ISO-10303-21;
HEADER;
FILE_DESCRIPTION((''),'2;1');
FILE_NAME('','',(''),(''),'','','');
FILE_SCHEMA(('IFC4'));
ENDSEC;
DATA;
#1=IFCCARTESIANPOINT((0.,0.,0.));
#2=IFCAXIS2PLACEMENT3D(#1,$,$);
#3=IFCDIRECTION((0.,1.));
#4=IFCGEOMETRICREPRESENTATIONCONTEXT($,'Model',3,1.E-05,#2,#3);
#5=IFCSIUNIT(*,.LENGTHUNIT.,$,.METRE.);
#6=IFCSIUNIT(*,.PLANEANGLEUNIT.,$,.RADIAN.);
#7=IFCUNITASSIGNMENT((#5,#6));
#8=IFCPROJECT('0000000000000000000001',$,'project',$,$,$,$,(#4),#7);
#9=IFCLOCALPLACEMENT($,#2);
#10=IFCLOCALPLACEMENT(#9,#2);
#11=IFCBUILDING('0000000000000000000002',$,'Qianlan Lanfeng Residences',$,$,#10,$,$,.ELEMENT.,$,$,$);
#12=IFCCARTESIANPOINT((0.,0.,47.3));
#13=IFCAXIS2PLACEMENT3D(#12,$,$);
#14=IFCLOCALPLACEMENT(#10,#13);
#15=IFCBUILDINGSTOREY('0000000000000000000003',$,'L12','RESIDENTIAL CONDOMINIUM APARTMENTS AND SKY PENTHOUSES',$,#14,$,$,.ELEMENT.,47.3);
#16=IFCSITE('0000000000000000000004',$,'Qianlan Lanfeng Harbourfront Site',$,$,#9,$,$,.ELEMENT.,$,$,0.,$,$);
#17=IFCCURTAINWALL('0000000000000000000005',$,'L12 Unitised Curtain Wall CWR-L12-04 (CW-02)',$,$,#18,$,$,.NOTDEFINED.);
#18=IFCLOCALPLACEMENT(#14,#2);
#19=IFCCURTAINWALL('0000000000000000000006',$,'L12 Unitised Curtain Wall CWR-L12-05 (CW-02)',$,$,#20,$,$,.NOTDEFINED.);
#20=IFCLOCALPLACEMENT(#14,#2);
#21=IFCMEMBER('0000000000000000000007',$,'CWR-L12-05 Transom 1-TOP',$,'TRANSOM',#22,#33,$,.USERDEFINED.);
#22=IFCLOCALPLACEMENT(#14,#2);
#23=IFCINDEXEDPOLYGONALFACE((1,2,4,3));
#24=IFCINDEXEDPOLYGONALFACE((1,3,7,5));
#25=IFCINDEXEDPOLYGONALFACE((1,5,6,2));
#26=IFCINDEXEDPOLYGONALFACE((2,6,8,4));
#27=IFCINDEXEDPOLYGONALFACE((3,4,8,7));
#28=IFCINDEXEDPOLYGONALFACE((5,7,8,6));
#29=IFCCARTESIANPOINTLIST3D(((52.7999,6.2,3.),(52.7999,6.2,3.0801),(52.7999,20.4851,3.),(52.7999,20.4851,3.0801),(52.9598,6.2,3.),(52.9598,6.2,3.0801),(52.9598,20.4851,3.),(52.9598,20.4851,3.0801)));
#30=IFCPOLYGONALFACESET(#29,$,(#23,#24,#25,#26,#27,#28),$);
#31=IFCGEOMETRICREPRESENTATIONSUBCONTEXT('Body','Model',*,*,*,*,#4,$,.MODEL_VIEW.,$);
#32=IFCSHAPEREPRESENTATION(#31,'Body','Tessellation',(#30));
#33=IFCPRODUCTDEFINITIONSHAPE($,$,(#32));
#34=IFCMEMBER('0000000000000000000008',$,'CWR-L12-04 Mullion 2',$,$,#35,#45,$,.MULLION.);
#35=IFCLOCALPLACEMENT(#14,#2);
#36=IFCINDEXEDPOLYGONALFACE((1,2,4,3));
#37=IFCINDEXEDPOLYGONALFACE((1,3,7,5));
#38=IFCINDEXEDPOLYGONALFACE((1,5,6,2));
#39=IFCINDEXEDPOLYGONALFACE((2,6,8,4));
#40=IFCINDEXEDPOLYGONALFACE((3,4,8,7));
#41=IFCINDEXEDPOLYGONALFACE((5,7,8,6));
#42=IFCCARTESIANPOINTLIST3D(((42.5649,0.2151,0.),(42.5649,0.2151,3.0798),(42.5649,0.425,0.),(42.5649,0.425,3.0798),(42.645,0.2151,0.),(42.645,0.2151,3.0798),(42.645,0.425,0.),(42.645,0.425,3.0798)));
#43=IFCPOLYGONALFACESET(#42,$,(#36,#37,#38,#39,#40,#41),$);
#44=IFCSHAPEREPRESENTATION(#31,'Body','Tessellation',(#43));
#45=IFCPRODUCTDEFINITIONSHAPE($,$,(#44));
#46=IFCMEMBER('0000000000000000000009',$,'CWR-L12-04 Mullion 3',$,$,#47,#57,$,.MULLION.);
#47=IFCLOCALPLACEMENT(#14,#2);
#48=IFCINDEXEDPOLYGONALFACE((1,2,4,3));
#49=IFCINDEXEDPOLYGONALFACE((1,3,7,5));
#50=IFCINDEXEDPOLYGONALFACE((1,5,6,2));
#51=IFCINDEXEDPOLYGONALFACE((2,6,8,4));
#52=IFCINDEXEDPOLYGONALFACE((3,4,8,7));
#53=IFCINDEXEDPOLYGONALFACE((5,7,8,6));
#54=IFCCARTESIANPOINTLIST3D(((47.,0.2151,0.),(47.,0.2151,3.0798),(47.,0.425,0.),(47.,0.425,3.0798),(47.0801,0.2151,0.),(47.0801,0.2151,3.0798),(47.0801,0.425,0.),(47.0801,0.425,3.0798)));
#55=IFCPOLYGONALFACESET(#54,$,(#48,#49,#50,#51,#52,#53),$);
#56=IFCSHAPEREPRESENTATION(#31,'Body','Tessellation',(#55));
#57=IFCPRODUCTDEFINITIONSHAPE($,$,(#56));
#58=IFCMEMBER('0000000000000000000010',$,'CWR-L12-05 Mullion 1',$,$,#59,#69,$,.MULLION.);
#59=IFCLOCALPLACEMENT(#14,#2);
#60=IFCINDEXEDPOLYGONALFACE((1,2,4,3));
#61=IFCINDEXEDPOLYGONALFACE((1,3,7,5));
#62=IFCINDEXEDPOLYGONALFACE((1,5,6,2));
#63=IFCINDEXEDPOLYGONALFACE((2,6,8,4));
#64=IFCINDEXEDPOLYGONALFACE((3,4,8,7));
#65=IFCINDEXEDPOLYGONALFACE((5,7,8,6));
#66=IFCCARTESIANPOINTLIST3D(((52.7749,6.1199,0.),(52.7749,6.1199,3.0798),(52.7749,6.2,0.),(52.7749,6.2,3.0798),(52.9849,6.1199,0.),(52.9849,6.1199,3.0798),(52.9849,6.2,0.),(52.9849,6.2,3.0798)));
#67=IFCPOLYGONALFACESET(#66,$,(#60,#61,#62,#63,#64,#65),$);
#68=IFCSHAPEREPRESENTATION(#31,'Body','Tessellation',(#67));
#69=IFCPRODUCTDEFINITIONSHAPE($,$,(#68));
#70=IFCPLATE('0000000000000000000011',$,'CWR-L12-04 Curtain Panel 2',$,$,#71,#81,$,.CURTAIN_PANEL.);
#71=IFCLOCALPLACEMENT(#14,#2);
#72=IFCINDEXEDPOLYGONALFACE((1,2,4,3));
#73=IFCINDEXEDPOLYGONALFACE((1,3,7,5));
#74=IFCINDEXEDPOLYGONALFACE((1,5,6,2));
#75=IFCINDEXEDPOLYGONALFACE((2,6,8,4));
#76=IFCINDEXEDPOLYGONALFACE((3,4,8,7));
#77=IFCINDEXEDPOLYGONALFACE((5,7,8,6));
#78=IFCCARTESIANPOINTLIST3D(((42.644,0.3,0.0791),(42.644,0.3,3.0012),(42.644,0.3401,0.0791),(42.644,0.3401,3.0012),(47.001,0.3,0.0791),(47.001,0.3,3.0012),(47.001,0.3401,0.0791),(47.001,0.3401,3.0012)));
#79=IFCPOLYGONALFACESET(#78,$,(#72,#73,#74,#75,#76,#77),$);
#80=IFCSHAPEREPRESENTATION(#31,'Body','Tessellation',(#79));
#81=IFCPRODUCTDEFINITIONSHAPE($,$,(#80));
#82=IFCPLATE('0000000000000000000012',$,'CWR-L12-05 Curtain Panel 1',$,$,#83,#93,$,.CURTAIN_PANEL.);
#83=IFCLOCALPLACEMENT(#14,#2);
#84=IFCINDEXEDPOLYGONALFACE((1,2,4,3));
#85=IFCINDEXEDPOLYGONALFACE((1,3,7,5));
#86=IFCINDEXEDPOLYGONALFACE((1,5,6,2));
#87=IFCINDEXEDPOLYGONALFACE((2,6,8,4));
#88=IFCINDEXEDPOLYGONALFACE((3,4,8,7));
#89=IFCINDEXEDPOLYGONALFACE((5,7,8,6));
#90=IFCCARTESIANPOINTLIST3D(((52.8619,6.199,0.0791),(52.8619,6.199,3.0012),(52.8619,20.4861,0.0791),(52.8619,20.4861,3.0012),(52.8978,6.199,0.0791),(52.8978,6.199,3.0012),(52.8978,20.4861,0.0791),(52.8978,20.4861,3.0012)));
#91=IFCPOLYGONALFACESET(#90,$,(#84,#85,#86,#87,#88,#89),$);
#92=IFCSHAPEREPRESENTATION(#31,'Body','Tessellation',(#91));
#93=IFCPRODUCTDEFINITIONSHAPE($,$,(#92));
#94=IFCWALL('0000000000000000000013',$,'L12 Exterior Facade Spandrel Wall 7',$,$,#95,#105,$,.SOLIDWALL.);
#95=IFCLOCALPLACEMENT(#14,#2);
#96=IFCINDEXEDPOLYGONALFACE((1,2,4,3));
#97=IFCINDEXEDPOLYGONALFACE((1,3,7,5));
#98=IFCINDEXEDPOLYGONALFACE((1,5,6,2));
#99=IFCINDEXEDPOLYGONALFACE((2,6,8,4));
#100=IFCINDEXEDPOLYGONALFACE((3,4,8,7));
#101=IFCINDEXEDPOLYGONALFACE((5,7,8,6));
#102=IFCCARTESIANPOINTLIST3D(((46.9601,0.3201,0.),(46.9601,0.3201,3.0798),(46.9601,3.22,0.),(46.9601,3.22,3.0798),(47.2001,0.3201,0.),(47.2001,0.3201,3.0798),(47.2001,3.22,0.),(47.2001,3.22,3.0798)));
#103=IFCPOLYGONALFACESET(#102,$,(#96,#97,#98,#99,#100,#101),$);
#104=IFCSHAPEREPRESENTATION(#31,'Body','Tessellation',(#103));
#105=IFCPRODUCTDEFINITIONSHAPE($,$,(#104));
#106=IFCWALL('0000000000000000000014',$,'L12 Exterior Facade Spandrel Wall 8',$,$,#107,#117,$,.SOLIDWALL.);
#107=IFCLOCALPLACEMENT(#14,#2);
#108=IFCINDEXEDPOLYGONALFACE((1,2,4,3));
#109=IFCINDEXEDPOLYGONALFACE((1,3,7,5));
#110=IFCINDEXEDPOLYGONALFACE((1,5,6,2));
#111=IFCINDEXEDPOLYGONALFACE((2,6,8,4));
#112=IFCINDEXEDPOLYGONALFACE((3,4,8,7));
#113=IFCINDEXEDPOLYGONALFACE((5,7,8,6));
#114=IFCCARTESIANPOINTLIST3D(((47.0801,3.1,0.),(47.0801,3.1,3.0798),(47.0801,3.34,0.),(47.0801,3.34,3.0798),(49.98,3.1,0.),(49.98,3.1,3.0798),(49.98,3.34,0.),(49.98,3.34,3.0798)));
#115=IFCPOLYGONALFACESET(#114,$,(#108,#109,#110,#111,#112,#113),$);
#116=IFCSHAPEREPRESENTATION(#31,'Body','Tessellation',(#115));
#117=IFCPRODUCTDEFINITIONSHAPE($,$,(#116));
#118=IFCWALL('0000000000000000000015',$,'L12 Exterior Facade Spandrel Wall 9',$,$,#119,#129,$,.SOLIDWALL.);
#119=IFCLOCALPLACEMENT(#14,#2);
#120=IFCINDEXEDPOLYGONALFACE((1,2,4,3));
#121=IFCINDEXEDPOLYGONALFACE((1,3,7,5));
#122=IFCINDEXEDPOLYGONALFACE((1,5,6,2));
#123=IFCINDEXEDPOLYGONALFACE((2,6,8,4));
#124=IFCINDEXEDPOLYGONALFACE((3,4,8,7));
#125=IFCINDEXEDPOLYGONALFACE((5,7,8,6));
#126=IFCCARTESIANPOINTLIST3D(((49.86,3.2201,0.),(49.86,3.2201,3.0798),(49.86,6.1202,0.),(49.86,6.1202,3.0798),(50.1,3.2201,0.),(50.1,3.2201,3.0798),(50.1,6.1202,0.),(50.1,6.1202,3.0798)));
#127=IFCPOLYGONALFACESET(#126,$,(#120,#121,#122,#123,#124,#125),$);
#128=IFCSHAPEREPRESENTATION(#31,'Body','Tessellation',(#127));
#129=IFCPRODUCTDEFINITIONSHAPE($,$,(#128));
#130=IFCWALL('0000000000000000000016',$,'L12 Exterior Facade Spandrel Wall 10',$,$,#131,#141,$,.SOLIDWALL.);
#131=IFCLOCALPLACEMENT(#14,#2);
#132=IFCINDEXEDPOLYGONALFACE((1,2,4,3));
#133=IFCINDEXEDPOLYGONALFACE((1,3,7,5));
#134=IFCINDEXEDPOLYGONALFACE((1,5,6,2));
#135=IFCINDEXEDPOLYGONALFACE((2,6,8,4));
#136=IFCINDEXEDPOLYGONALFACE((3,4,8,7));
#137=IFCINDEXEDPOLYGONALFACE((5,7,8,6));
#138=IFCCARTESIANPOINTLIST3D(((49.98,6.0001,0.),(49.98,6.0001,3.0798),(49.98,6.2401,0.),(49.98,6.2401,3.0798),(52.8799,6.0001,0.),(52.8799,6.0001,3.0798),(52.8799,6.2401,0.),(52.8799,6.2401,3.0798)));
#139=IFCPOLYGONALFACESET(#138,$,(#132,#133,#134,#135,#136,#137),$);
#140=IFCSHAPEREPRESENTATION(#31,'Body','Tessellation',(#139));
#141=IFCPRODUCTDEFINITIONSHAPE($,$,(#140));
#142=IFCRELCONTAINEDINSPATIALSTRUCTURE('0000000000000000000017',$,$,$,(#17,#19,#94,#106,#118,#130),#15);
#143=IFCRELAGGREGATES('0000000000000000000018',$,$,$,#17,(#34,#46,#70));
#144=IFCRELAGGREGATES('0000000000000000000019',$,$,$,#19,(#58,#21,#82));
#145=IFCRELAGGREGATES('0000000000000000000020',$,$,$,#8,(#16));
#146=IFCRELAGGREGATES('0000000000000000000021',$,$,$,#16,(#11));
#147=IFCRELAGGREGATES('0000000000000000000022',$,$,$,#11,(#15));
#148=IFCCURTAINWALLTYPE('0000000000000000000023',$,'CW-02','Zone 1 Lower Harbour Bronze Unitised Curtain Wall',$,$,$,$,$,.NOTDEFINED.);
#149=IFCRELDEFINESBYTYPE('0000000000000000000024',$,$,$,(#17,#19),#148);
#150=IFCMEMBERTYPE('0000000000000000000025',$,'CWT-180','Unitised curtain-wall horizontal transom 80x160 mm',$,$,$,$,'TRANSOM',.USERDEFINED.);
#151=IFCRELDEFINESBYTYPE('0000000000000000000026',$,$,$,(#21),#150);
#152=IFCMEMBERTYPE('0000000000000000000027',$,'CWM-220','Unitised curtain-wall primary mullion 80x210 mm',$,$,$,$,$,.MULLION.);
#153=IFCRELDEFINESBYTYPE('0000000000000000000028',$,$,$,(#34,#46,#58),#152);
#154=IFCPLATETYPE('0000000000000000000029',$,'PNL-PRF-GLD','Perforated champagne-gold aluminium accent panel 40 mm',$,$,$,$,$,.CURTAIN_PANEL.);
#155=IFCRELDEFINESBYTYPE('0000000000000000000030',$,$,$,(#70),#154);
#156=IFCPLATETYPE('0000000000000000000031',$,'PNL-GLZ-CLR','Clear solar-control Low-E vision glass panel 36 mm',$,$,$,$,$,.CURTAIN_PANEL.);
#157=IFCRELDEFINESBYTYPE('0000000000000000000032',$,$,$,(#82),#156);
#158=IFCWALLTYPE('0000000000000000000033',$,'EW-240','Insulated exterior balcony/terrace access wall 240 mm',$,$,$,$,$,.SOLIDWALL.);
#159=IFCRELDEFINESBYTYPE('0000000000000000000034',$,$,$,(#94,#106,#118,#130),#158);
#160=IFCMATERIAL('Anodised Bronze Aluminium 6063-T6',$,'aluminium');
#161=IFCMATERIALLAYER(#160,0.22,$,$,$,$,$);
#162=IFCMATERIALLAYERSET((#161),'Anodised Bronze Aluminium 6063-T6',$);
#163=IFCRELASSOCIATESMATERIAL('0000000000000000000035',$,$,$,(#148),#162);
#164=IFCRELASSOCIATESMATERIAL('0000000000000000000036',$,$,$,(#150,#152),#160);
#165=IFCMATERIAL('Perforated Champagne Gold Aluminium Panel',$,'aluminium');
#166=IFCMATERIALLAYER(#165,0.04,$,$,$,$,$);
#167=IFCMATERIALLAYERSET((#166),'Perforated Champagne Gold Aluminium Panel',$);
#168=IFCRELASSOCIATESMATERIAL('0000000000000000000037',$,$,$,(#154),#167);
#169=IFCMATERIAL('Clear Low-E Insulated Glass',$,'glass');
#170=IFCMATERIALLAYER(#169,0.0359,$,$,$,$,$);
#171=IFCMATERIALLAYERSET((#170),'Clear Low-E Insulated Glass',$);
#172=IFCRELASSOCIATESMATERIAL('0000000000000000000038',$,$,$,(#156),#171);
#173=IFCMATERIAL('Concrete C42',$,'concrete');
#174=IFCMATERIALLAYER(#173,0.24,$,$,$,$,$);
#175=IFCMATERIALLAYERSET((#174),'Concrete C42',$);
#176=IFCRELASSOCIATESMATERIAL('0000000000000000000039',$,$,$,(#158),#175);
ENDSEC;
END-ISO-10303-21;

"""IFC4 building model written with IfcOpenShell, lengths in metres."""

from ifc_helpers import new_model, si_unit, direction, frame, frame_2d, origin, origin_2d, place, context, subcontext, project, spatial, rectangle, extrude, source, transform, mapped, material, layer, layer_set, material_profile, profile_set, type_object, element, aggregate, save


model = new_model("IFC4")

# Units and contexts
model_context = context("Model", 3, precision=1e-05, world=origin(), true_north=direction((0.0, 1.0)))
body_context = subcontext(model_context, "Body", "Model", "MODEL_VIEW")
ifc_project = project(units=[si_unit("LENGTHUNIT", "METRE"), si_unit("PLANEANGLEUNIT", "RADIAN")], contexts=[model_context])

# Site, building, storey
site_placement = place(None, origin())
site = spatial("IfcSite", under=ifc_project, at=site_placement, Name="Qianlan Lanfeng Harbourfront Site", CompositionType="ELEMENT", RefElevation=0.0)
building_placement = place(site_placement, origin())
building = spatial("IfcBuilding", under=site, at=building_placement, Name="Qianlan Lanfeng Residences", CompositionType="ELEMENT")
storey_placement = place(building_placement, frame((0.0, 0.0, 47.3)))
storey = spatial("IfcBuildingStorey", under=building, at=storey_placement, Name="L12", Description="RESIDENTIAL CONDOMINIUM APARTMENTS AND SKY PENTHOUSES", CompositionType="ELEMENT", Elevation=47.3)

# Curtain walls, member
ifc_material_1 = material(Name="Anodised Bronze Aluminium 6063-T6", Category="aluminium")
ifc_layer_1 = layer(ifc_material_1, 0.22)
ifc_layer_set_1 = layer_set([ifc_layer_1], Name="Anodised Bronze Aluminium 6063-T6")
curtain_wall_type = type_object("IfcCurtainWallType", Name="CW-02", Description="Zone 1 Lower Harbour Bronze Unitised Curtain Wall", PredefinedType="NOTDEFINED", material=ifc_layer_set_1)
curtain_wall_1_placement = place(storey_placement, origin())
curtain_wall_1 = element("IfcCurtainWall", 1, at=curtain_wall_1_placement, inside=storey, type_object=curtain_wall_type, Name="L12 Unitised Curtain Wall CWR-L12-04 (CW-02)", PredefinedType="NOTDEFINED")
ifc_material_profile_1 = material_profile(ifc_material_1, rectangle(XDim=0.0801, YDim=0.1599, at=origin_2d()), Name="ALU TRANSOM 80x160")
ifc_profile_set_1 = profile_set([ifc_material_profile_1], Name="Anodised Bronze Aluminium 6063-T6")
member_type_1 = type_object("IfcMemberType", Name="CWT-180", Description="Unitised curtain-wall horizontal transom 80x160 mm", ElementType="TRANSOM", PredefinedType="USERDEFINED", material=ifc_profile_set_1)
curtain_wall_2_placement = place(storey_placement, origin())
curtain_wall_2 = element("IfcCurtainWall", 2, at=curtain_wall_2_placement, inside=storey, type_object=curtain_wall_type, Name="L12 Unitised Curtain Wall CWR-L12-05 (CW-02)", PredefinedType="NOTDEFINED")
shared_shape_1 = source(origin(), body_context, "Body", "SweptSolid", [
    extrude(rectangle(XDim=0.0801, YDim=0.1599, at=origin_2d()), origin(), (0.0, 0.0, 1.0), 14.2852),
])
member_1_placement = place(storey_placement, frame((52.8799, 6.2, 3.04), z_axis=(0.0, 1.0, 0.0), x_axis=(0.0, 0.0, 1.0)))
member_1 = element("IfcMember", 3, at=member_1_placement, type_object=member_type_1, Name="CWR-L12-05 Transom 1-TOP", ObjectType="TRANSOM", PredefinedType="USERDEFINED", context=body_context, shape_type="MappedRepresentation", body=[
    mapped(shared_shape_1, transform((0.0, 0.0, 0.0), scale=1.0)),
])

# Members
ifc_material_profile_2 = material_profile(ifc_material_1, rectangle(XDim=0.0801, YDim=0.21, at=origin_2d()), Name="ALU MULLION 80x210")
ifc_profile_set_2 = profile_set([ifc_material_profile_2], Name="Anodised Bronze Aluminium 6063-T6")
member_type_2 = type_object("IfcMemberType", Name="CWM-220", Description="Unitised curtain-wall primary mullion 80x210 mm", PredefinedType="MULLION", material=ifc_profile_set_2)
shared_shape_2 = source(origin(), body_context, "Body", "SweptSolid", [
    extrude(rectangle(XDim=0.0801, YDim=0.21, at=origin_2d()), origin(), (0.0, 0.0, 1.0), 3.0798),
])
member_2_placement = place(storey_placement, frame((42.605, 0.3201, 0.0), z_axis=(0.0, 0.0, 1.0), x_axis=(1.0, 0.0, 0.0)))
member_2 = element("IfcMember", 4, at=member_2_placement, type_object=member_type_2, Name="CWR-L12-04 Mullion 2", PredefinedType="MULLION", context=body_context, shape_type="MappedRepresentation", body=[
    mapped(shared_shape_2, transform((0.0, 0.0, 0.0), scale=1.0)),
])
member_3_placement = place(storey_placement, frame((47.04, 0.3201, 0.0), z_axis=(0.0, 0.0, 1.0), x_axis=(1.0, 0.0, 0.0)))
member_3 = element("IfcMember", 5, at=member_3_placement, type_object=member_type_2, Name="CWR-L12-04 Mullion 3", PredefinedType="MULLION", context=body_context, shape_type="MappedRepresentation", body=[
    mapped(shared_shape_2, transform((0.0, 0.0, 0.0), scale=1.0)),
])
member_4_placement = place(storey_placement, frame((52.8799, 6.1599, 0.0), z_axis=(0.0, 0.0, 1.0), x_axis=(0.0, 1.0, 0.0)))
member_4 = element("IfcMember", 6, at=member_4_placement, type_object=member_type_2, Name="CWR-L12-05 Mullion 1", PredefinedType="MULLION", context=body_context, shape_type="MappedRepresentation", body=[
    mapped(shared_shape_2, transform((0.0, 0.0, 0.0), scale=1.0)),
])

# Plates
ifc_material_2 = material(Name="Perforated Champagne Gold Aluminium Panel", Category="aluminium")
ifc_layer_2 = layer(ifc_material_2, 0.04)
ifc_layer_set_2 = layer_set([ifc_layer_2], Name="Perforated Champagne Gold Aluminium Panel")
plate_type_1 = type_object("IfcPlateType", Name="PNL-PRF-GLD", Description="Perforated champagne-gold aluminium accent panel 40 mm", PredefinedType="CURTAIN_PANEL", material=ifc_layer_set_2)
shared_shape_3 = source(origin(), body_context, "Body", "SweptSolid", [
    extrude(rectangle(XDim=4.3569, YDim=0.04, at=origin_2d()), origin(), (0.0, 0.0, 1.0), 2.9221),
])
plate_1_placement = place(storey_placement, frame((44.8225, 0.3201, 0.0791), z_axis=(0.0, 0.0, 1.0), x_axis=(1.0, 0.0, 0.0)))
plate_1 = element("IfcPlate", 7, at=plate_1_placement, type_object=plate_type_1, Name="CWR-L12-04 Curtain Panel 2", PredefinedType="CURTAIN_PANEL", context=body_context, shape_type="MappedRepresentation", body=[
    mapped(shared_shape_3, transform((0.0, 0.0, 0.0), scale=1.0)),
])
aggregate(curtain_wall_1, [member_2, member_3, plate_1])
ifc_material_3 = material(Name="Clear Low-E Insulated Glass", Category="glass")
ifc_layer_3 = layer(ifc_material_3, 0.0359)
ifc_layer_set_3 = layer_set([ifc_layer_3], Name="Clear Low-E Insulated Glass")
plate_type_2 = type_object("IfcPlateType", Name="PNL-GLZ-CLR", Description="Clear solar-control Low-E vision glass panel 36 mm", PredefinedType="CURTAIN_PANEL", material=ifc_layer_set_3)
shared_shape_4 = source(origin(), body_context, "Body", "SweptSolid", [
    extrude(rectangle(XDim=14.2871, YDim=0.0359, at=origin_2d()), origin(), (0.0, 0.0, 1.0), 2.9221),
])
plate_2_placement = place(storey_placement, frame((52.8799, 13.3425, 0.0791), z_axis=(0.0, 0.0, 1.0), x_axis=(0.0, 1.0, 0.0)))
plate_2 = element("IfcPlate", 8, at=plate_2_placement, type_object=plate_type_2, Name="CWR-L12-05 Curtain Panel 1", PredefinedType="CURTAIN_PANEL", context=body_context, shape_type="MappedRepresentation", body=[
    mapped(shared_shape_4, transform((0.0, 0.0, 0.0), scale=1.0)),
])
aggregate(curtain_wall_2, [member_4, member_1, plate_2])

# Walls
ifc_material_4 = material(Name="Concrete C42", Category="concrete")
ifc_layer_4 = layer(ifc_material_4, 0.24)
ifc_layer_set_4 = layer_set([ifc_layer_4], Name="Concrete C42")
wall_type = type_object("IfcWallType", Name="EW-240", Description="Insulated exterior balcony/terrace access wall 240 mm", PredefinedType="SOLIDWALL", material=ifc_layer_set_4)
for number, where, z_axis, x_axis, name in (
    (9, (47.0801, 0.3201, 0.0), (0.0, 0.0, 1.0), (0.0, 1.0, 0.0), "L12 Exterior Facade Spandrel Wall 7"),
    (10, (47.0801, 3.22, 0.0), (0.0, 0.0, 1.0), (1.0, 0.0, 0.0), "L12 Exterior Facade Spandrel Wall 8"),
):
    element("IfcWall", number, at=place(storey_placement, frame(where, z_axis=z_axis, x_axis=x_axis)), inside=storey, type_object=wall_type, Name=name, PredefinedType="SOLIDWALL", context=body_context, shape_type="SweptSolid", body=[
        extrude(rectangle(XDim=2.8999, YDim=0.24, at=frame_2d((1.45, 0.0))), origin(), (0.0, 0.0, 1.0), 3.0798),
    ])
wall_1_placement = place(storey_placement, frame((49.98, 3.22, 0.0), z_axis=(0.0, 0.0, 1.0), x_axis=(0.0, 1.0, 0.0)))
element("IfcWall", 11, at=wall_1_placement, inside=storey, type_object=wall_type, Name="L12 Exterior Facade Spandrel Wall 9", PredefinedType="SOLIDWALL", context=body_context, shape_type="SweptSolid", body=[
    extrude(rectangle(XDim=2.9001, YDim=0.24, at=frame_2d((1.4502, 0.0))), origin(), (0.0, 0.0, 1.0), 3.0798),
])
wall_2_placement = place(storey_placement, frame((49.98, 6.1201, 0.0), z_axis=(0.0, 0.0, 1.0), x_axis=(1.0, 0.0, 0.0)))
element("IfcWall", 12, at=wall_2_placement, inside=storey, type_object=wall_type, Name="L12 Exterior Facade Spandrel Wall 10", PredefinedType="SOLIDWALL", context=body_context, shape_type="SweptSolid", body=[
    extrude(rectangle(XDim=2.8999, YDim=0.24, at=frame_2d((1.45, 0.0))), origin(), (0.0, 0.0, 1.0), 3.0798),
])

save(model, "model.ifc")
